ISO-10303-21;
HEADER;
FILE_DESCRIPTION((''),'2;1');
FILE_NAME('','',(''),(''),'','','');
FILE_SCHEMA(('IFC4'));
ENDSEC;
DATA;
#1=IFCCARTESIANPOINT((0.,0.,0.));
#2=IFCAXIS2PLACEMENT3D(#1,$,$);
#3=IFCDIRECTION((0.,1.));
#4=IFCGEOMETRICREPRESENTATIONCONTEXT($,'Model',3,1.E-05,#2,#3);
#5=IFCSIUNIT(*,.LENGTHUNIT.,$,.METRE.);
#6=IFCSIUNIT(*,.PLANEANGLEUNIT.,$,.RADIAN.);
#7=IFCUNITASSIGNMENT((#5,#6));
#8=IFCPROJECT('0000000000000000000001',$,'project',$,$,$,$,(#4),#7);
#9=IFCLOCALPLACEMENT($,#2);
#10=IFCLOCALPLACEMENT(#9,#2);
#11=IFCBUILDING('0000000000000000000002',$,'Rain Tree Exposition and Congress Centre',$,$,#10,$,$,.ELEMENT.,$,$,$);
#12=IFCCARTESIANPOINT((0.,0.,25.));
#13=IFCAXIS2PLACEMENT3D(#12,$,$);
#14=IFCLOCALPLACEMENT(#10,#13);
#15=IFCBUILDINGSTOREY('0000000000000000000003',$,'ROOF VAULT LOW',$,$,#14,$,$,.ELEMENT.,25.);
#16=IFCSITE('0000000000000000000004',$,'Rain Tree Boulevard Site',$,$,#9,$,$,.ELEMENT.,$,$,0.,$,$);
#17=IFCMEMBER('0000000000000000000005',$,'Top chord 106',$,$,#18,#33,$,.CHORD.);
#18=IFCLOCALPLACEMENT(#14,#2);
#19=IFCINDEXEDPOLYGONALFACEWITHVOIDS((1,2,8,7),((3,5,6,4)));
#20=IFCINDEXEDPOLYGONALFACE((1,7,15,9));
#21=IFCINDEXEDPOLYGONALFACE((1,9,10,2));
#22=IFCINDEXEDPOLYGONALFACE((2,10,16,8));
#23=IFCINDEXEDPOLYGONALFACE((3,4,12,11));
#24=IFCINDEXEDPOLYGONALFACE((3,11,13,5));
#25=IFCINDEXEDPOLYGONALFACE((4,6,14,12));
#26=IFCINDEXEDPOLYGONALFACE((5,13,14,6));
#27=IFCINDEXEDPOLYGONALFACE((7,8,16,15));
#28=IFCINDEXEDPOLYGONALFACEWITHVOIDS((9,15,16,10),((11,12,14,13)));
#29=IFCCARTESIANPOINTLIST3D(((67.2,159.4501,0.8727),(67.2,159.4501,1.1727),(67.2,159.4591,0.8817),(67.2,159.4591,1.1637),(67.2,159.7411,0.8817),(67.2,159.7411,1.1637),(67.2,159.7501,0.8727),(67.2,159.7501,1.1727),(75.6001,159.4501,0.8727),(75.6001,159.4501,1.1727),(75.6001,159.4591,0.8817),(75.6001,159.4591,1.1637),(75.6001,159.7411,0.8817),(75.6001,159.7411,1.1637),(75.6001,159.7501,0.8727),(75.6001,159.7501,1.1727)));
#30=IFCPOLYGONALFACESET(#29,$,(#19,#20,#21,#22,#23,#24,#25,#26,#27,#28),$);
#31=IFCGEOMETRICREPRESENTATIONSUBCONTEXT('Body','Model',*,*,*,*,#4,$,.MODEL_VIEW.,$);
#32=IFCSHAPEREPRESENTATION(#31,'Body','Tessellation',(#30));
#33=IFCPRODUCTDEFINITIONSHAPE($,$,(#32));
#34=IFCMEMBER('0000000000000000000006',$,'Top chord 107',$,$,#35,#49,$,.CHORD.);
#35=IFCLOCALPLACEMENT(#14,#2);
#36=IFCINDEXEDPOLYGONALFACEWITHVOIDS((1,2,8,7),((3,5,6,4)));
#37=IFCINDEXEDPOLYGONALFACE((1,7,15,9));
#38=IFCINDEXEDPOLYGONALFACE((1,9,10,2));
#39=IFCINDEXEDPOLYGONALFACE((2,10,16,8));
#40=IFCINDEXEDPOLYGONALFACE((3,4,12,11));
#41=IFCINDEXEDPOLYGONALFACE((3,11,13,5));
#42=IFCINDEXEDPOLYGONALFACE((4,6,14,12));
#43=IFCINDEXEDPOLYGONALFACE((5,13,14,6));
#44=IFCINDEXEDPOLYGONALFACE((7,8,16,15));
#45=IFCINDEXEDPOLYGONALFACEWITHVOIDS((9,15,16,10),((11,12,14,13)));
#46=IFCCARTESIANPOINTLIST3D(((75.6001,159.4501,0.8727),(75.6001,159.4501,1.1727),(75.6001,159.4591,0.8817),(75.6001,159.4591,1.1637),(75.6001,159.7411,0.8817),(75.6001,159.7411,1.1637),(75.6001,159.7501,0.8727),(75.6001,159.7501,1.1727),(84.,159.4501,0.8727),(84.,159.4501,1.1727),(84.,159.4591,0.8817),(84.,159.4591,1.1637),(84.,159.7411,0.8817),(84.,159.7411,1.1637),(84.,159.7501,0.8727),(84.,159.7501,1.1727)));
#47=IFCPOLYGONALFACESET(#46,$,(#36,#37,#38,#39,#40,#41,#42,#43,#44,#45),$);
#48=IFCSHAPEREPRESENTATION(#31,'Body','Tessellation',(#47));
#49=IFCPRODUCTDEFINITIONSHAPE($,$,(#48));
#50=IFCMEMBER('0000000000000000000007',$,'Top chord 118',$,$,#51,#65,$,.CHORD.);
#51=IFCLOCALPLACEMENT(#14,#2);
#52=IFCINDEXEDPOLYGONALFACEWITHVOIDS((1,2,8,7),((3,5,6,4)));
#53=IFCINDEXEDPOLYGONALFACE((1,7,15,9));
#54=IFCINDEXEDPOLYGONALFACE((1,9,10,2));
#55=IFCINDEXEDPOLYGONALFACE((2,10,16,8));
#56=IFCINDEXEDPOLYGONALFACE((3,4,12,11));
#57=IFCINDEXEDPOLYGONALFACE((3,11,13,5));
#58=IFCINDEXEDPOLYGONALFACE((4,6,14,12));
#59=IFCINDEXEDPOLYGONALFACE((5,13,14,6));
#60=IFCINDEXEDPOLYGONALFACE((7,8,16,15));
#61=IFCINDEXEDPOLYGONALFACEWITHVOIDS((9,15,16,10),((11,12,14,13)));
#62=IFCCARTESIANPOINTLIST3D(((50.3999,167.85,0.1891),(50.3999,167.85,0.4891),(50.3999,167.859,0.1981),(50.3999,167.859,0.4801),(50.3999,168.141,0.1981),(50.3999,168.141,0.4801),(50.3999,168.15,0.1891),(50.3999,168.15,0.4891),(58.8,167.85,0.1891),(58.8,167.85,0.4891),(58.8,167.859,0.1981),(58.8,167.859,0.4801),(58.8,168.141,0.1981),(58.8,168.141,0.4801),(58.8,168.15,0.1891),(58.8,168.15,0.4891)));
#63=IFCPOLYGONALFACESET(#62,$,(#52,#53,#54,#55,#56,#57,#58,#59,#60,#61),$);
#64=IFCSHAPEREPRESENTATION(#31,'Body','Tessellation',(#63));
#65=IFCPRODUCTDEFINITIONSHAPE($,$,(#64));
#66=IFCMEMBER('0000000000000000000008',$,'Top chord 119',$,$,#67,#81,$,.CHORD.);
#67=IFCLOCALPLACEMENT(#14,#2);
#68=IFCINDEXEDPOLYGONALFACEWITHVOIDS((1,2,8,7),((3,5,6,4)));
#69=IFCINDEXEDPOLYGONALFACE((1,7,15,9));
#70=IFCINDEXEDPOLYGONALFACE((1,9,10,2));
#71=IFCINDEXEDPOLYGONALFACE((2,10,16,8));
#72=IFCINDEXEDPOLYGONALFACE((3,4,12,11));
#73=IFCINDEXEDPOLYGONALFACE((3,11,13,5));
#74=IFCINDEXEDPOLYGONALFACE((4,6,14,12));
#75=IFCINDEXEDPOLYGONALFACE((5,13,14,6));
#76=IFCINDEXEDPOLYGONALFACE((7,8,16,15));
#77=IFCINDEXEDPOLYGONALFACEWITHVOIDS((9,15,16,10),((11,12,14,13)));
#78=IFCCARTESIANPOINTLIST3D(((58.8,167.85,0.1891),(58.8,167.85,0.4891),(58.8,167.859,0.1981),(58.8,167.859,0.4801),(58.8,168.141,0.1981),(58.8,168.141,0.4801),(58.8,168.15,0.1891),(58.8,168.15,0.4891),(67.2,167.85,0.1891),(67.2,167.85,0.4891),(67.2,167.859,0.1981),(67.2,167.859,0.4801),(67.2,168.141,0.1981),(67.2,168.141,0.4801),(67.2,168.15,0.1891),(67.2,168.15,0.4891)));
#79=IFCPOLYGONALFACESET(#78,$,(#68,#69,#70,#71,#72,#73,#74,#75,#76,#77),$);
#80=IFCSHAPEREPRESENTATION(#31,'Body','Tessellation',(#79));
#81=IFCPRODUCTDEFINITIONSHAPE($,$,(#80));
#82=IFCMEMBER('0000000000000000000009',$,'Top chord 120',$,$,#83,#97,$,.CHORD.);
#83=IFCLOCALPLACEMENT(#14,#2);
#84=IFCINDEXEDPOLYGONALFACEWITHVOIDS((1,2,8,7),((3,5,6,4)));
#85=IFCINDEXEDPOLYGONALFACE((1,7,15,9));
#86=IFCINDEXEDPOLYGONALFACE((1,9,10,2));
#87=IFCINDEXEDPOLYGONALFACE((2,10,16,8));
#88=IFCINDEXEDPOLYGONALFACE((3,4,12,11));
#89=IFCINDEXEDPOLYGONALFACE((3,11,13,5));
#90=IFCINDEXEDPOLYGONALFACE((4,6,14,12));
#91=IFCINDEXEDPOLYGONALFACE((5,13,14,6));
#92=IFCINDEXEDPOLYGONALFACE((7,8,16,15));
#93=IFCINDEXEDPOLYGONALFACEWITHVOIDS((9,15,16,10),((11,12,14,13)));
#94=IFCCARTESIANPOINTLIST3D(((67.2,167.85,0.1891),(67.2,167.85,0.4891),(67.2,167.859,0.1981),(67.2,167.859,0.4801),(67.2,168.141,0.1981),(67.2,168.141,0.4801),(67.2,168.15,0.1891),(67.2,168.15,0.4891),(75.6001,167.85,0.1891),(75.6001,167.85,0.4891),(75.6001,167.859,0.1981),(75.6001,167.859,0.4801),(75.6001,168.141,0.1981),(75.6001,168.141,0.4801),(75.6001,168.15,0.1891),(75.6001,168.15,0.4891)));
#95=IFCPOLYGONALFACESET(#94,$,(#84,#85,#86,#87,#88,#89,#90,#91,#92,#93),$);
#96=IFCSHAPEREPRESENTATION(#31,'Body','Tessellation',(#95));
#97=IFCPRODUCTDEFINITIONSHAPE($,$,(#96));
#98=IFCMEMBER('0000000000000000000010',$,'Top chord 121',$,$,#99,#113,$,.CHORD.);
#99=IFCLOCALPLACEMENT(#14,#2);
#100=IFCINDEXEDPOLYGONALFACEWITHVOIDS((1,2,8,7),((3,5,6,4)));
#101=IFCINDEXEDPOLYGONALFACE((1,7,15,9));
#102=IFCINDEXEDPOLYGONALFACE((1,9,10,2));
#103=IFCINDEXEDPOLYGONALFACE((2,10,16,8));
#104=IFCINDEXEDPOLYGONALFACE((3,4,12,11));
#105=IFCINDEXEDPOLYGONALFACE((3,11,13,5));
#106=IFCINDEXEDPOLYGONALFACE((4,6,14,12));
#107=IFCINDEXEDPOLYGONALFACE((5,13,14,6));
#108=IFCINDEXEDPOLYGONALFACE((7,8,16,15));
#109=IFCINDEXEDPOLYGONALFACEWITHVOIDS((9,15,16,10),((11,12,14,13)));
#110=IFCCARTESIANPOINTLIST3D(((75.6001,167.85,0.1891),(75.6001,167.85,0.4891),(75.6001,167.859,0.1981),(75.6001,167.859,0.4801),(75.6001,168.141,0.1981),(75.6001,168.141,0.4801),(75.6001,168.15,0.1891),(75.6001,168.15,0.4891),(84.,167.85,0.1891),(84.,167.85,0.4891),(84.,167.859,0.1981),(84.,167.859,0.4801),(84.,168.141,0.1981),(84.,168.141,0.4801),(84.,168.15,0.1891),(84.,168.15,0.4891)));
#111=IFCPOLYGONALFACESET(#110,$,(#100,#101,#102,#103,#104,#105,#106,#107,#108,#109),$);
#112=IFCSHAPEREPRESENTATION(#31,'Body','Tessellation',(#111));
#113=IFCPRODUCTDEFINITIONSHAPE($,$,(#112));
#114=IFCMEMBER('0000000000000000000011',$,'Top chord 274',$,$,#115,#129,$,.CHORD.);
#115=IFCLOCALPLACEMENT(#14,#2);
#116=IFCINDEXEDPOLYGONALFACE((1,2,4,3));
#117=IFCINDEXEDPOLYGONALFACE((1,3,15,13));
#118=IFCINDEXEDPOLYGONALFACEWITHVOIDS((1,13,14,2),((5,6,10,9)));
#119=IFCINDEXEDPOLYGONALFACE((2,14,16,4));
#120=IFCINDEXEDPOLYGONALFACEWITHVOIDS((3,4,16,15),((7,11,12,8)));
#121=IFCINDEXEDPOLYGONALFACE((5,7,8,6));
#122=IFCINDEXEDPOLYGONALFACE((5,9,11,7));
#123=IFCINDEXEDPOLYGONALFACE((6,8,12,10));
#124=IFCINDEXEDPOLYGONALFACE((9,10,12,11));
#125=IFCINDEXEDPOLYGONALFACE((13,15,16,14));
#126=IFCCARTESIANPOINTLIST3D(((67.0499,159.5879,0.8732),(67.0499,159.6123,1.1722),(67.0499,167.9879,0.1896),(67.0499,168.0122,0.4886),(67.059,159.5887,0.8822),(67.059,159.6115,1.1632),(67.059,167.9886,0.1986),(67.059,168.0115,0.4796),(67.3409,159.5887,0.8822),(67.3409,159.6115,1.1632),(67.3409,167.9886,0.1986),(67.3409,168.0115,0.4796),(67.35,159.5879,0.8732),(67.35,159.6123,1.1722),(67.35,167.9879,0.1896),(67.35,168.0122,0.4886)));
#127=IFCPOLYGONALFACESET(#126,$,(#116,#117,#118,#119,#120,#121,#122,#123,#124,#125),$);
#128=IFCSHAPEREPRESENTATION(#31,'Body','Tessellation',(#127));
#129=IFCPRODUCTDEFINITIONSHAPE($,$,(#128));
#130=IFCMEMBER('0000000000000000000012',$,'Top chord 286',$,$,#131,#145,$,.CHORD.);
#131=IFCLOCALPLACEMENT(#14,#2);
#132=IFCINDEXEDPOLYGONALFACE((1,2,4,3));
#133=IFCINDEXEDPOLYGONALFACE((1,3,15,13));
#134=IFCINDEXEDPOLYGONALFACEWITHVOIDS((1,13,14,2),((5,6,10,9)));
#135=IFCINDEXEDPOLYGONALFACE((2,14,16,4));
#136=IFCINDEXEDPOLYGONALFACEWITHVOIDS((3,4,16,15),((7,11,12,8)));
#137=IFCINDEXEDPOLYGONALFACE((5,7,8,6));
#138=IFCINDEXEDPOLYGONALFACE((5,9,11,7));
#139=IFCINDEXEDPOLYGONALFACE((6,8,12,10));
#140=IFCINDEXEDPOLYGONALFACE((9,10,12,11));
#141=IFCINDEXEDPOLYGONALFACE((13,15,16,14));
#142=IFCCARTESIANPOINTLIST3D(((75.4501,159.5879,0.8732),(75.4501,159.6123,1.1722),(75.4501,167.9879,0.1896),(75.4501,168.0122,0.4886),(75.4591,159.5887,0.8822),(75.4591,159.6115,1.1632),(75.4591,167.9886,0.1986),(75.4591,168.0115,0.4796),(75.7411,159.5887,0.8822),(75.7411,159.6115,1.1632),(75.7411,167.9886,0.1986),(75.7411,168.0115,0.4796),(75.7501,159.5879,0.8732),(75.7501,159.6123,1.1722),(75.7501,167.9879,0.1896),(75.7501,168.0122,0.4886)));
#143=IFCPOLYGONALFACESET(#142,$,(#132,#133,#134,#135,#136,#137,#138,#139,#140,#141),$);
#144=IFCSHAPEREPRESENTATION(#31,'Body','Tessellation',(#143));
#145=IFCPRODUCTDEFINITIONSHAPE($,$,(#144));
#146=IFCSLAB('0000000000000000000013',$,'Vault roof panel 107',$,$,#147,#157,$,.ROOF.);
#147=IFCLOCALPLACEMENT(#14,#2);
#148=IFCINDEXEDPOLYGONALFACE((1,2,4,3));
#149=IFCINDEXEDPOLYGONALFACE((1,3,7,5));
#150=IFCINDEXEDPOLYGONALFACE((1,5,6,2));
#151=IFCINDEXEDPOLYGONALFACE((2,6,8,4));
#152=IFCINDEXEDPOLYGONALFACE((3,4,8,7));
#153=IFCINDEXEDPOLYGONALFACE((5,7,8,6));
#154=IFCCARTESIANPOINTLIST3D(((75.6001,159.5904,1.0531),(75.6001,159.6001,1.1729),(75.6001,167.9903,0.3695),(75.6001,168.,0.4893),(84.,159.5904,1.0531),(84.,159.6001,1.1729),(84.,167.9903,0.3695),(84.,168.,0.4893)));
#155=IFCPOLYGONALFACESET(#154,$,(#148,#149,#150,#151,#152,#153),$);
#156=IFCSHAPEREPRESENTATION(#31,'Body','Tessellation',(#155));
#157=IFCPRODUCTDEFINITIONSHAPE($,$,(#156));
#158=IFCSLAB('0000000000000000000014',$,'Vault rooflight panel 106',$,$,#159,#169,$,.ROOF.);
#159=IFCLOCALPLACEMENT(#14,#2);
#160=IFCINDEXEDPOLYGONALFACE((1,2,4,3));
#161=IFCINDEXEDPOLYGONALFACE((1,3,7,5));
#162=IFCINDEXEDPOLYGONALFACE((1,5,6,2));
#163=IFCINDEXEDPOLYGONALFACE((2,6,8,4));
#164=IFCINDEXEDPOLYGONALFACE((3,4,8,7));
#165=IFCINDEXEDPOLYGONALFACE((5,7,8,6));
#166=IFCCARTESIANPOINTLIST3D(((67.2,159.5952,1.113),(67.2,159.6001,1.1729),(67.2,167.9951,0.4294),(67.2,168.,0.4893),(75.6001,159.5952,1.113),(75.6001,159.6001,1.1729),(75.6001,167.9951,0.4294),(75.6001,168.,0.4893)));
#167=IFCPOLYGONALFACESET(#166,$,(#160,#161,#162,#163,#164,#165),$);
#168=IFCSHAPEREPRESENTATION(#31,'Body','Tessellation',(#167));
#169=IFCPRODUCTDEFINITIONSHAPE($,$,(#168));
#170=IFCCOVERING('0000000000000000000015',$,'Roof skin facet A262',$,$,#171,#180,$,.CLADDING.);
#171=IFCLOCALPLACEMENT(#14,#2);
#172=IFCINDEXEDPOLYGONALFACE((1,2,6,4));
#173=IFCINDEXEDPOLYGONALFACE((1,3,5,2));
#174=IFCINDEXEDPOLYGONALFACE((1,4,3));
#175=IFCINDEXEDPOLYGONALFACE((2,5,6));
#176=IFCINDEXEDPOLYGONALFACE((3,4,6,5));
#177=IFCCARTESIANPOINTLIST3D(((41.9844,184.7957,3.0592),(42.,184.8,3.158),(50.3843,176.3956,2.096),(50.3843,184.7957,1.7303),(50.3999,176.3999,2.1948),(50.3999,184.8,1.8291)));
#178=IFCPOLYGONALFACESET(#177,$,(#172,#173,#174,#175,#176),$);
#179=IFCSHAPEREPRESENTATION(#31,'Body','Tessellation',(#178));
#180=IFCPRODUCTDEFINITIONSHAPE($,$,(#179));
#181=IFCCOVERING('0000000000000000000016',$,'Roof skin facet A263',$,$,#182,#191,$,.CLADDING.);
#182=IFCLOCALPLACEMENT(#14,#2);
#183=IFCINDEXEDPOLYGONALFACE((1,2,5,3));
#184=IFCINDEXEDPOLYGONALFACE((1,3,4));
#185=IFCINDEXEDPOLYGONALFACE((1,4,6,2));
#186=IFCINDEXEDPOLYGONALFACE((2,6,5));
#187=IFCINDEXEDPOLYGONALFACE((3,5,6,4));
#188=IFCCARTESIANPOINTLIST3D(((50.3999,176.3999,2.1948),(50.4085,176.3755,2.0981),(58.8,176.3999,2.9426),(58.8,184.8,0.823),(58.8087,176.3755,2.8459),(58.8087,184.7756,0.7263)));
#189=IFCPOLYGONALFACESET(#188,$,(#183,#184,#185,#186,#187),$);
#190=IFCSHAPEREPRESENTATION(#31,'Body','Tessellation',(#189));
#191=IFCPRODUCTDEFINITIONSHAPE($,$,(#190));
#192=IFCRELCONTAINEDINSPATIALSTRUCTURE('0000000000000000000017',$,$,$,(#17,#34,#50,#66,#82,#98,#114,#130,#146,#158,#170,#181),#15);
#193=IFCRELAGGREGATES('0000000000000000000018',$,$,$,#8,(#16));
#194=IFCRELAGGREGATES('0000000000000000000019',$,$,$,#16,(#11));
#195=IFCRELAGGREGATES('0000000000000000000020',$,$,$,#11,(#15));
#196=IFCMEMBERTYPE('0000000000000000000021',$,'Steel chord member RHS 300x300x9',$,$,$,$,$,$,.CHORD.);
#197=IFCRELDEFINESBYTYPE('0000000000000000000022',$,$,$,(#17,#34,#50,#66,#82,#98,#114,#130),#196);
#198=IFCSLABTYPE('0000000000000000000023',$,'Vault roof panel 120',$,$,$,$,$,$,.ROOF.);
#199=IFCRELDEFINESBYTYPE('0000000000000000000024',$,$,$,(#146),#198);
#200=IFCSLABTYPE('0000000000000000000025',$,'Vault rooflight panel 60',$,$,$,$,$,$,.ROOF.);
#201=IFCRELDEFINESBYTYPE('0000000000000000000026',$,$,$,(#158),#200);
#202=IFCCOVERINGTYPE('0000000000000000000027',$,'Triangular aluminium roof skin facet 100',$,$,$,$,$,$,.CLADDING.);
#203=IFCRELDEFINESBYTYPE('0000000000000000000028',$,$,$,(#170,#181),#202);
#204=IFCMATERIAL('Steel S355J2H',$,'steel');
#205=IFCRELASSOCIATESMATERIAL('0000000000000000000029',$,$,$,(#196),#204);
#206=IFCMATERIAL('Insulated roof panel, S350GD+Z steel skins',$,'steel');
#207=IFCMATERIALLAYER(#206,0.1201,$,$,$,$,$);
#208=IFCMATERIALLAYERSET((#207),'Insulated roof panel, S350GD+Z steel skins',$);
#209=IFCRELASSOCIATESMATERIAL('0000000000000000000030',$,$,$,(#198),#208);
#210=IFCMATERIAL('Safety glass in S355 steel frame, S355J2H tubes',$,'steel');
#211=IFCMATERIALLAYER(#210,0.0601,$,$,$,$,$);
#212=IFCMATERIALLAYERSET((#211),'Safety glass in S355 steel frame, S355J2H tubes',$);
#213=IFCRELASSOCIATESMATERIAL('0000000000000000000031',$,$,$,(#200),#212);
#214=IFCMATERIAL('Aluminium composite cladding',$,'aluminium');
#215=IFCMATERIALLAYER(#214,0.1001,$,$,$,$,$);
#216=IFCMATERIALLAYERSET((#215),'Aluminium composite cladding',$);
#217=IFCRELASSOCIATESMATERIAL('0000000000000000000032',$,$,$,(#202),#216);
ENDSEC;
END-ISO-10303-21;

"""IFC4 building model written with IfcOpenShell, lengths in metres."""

from ifc_helpers import new_model, si_unit, direction, frame, origin, origin_2d, place, context, subcontext, project, spatial, polyline, hollow_rectangle, outline, extrude, material, layer, layer_set, material_profile, profile_set, type_object, element, save


model = new_model("IFC4")

# Units and contexts
model_context = context("Model", 3, precision=1e-05, world=origin(), true_north=direction((0.0, 1.0)))
body_context = subcontext(model_context, "Body", "Model", "MODEL_VIEW")
ifc_project = project(units=[si_unit("LENGTHUNIT", "METRE"), si_unit("PLANEANGLEUNIT", "RADIAN")], contexts=[model_context])

# Site, building, storey
site_placement = place(None, origin())
site = spatial("IfcSite", under=ifc_project, at=site_placement, Name="Rain Tree Boulevard Site", CompositionType="ELEMENT", RefElevation=0.0)
building_placement = place(site_placement, origin())
building = spatial("IfcBuilding", under=site, at=building_placement, Name="Rain Tree Exposition and Congress Centre", CompositionType="ELEMENT")
storey_placement = place(building_placement, frame((0.0, 0.0, 25.0)))
storey = spatial("IfcBuildingStorey", under=building, at=storey_placement, Name="ROOF VAULT LOW", CompositionType="ELEMENT", Elevation=25.0)

# Members
ifc_material_1 = material(Name="Steel S355J2H", Category="steel")
ifc_material_profile_1 = material_profile(ifc_material_1, hollow_rectangle(XDim=0.3, YDim=0.3, WallThickness=0.009, at=origin_2d()), Name="RHS 300x300x9")
ifc_profile_set_1 = profile_set([ifc_material_profile_1], Name="Steel S355J2H")
member_type = type_object("IfcMemberType", Name="Steel chord member RHS 300x300x9", PredefinedType="CHORD", material=ifc_profile_set_1)
member_1_placement = place(storey_placement, frame((67.2, 159.6001, 1.0227), z_axis=(1.0, 0.0, 0.0), x_axis=(0.0, 1.0, 0.0)))
element("IfcMember", 1, at=member_1_placement, inside=storey, type_object=member_type, Name="Top chord 106", PredefinedType="CHORD", context=body_context, shape_type="SweptSolid", body=[
    extrude(hollow_rectangle(XDim=0.3, YDim=0.3, WallThickness=0.009, at=origin_2d()), origin(), (0.0, 0.0, 1.0), 8.4001),
])
member_2_placement = place(storey_placement, frame((75.6001, 159.6001, 1.0227), z_axis=(1.0, 0.0, 0.0), x_axis=(0.0, 1.0, 0.0)))
element("IfcMember", 2, at=member_2_placement, inside=storey, type_object=member_type, Name="Top chord 107", PredefinedType="CHORD", context=body_context, shape_type="SweptSolid", body=[
    extrude(hollow_rectangle(XDim=0.3, YDim=0.3, WallThickness=0.009, at=origin_2d()), origin(), (0.0, 0.0, 1.0), 8.3999),
])
member_3_placement = place(storey_placement, frame((50.3999, 168.0, 0.3391), z_axis=(1.0, 0.0, 0.0), x_axis=(0.0, 1.0, 0.0)))
element("IfcMember", 3, at=member_3_placement, inside=storey, type_object=member_type, Name="Top chord 118", PredefinedType="CHORD", context=body_context, shape_type="SweptSolid", body=[
    extrude(hollow_rectangle(XDim=0.3, YDim=0.3, WallThickness=0.009, at=origin_2d()), origin(), (0.0, 0.0, 1.0), 8.4001),
])
member_4_placement = place(storey_placement, frame((58.8, 168.0, 0.3391), z_axis=(1.0, 0.0, 0.0), x_axis=(0.0, 1.0, 0.0)))
element("IfcMember", 4, at=member_4_placement, inside=storey, type_object=member_type, Name="Top chord 119", PredefinedType="CHORD", context=body_context, shape_type="SweptSolid", body=[
    extrude(hollow_rectangle(XDim=0.3, YDim=0.3, WallThickness=0.009, at=origin_2d()), origin(), (0.0, 0.0, 1.0), 8.3999),
])
member_5_placement = place(storey_placement, frame((67.2, 168.0, 0.3391), z_axis=(1.0, 0.0, 0.0), x_axis=(0.0, 1.0, 0.0)))
element("IfcMember", 5, at=member_5_placement, inside=storey, type_object=member_type, Name="Top chord 120", PredefinedType="CHORD", context=body_context, shape_type="SweptSolid", body=[
    extrude(hollow_rectangle(XDim=0.3, YDim=0.3, WallThickness=0.009, at=origin_2d()), origin(), (0.0, 0.0, 1.0), 8.4001),
])
member_6_placement = place(storey_placement, frame((75.6001, 168.0, 0.3391), z_axis=(1.0, 0.0, 0.0), x_axis=(0.0, 1.0, 0.0)))
element("IfcMember", 6, at=member_6_placement, inside=storey, type_object=member_type, Name="Top chord 121", PredefinedType="CHORD", context=body_context, shape_type="SweptSolid", body=[
    extrude(hollow_rectangle(XDim=0.3, YDim=0.3, WallThickness=0.009, at=origin_2d()), origin(), (0.0, 0.0, 1.0), 8.3999),
])
for number, where, z_axis, x_axis, name in (
    (7, (67.2, 159.6001, 1.0227), (0.0, 0.996705, -0.081113), (-1.0, 0.0, 0.0), "Top chord 274"),
    (8, (75.6001, 159.6001, 1.0227), (0.0, 0.996705, -0.081113), (-1.0, 0.0, 0.0), "Top chord 286"),
):
    element("IfcMember", number, at=place(storey_placement, frame(where, z_axis=z_axis, x_axis=x_axis)), inside=storey, type_object=member_type, Name=name, PredefinedType="CHORD", context=body_context, shape_type="SweptSolid", body=[
        extrude(hollow_rectangle(XDim=0.3, YDim=0.3, WallThickness=0.009, at=origin_2d()), origin(), (0.0, 0.0, 1.0), 8.4277),
    ])

# Slabs
ifc_material_2 = material(Name="Insulated roof panel, S350GD+Z steel skins", Category="steel")
ifc_layer_1 = layer(ifc_material_2, 0.1201)
ifc_layer_set_1 = layer_set([ifc_layer_1], Name="Insulated roof panel, S350GD+Z steel skins")
slab_type_1 = type_object("IfcSlabType", Name="Vault roof panel 120", PredefinedType="ROOF", material=ifc_layer_set_1)
slab_1_placement = place(storey_placement, frame((75.6001, 159.6001, 1.1729), z_axis=(0.0, 0.081113, 0.996705), x_axis=(1.0, 0.0, 0.0)))
element("IfcSlab", 9, at=slab_1_placement, inside=storey, type_object=slab_type_1, Name="Vault roof panel 107", PredefinedType="ROOF", context=body_context, shape_type="SweptSolid", body=[
    extrude(outline(polyline([(0.0, 0.0), (8.3999, 0.0), (8.3999, 8.4277), (0.0, 8.4277), (0.0, 0.0)])), origin(), (0.0, 0.0, -1.0), 0.1201),
])
ifc_material_3 = material(Name="Safety glass in S355 steel frame, S355J2H tubes", Category="steel")
ifc_layer_2 = layer(ifc_material_3, 0.0601)
ifc_layer_set_2 = layer_set([ifc_layer_2], Name="Safety glass in S355 steel frame, S355J2H tubes")
slab_type_2 = type_object("IfcSlabType", Name="Vault rooflight panel 60", PredefinedType="ROOF", material=ifc_layer_set_2)
slab_2_placement = place(storey_placement, frame((67.2, 159.6001, 1.1729), z_axis=(0.0, 0.081113, 0.996705), x_axis=(1.0, 0.0, 0.0)))
element("IfcSlab", 10, at=slab_2_placement, inside=storey, type_object=slab_type_2, Name="Vault rooflight panel 106", PredefinedType="ROOF", context=body_context, shape_type="SweptSolid", body=[
    extrude(outline(polyline([(0.0, 0.0), (8.4001, 0.0), (8.4001, 8.4277), (0.0, 8.4277), (0.0, 0.0)])), origin(), (0.0, 0.0, -1.0), 0.0601),
])

# Coverings
ifc_material_4 = material(Name="Aluminium composite cladding", Category="aluminium")
ifc_layer_3 = layer(ifc_material_4, 0.1001)
ifc_layer_set_3 = layer_set([ifc_layer_3], Name="Aluminium composite cladding")
covering_type = type_object("IfcCoveringType", Name="Triangular aluminium roof skin facet 100", PredefinedType="CLADDING", material=ifc_layer_set_3)
covering_1_placement = place(storey_placement, frame((50.3999, 176.3999, 2.1948), z_axis=(0.156112, 0.042963, 0.986805), x_axis=(0.0, 0.999054, -0.043496)))
element("IfcCovering", 11, at=covering_1_placement, inside=storey, type_object=covering_type, Name="Roof skin facet A262", PredefinedType="CLADDING", context=body_context, shape_type="SweptSolid", body=[
    extrude(outline(polyline([(0.0, 0.0), (8.4081, 0.0), (8.3503, 8.5042), (0.0, 0.0)])), origin(), (0.0, 0.0, -1.0), 0.1001),
])
covering_2_placement = place(storey_placement, frame((50.3999, 176.3999, 2.1948), z_axis=(-0.085997, 0.243757, 0.966016), x_axis=(0.996061, 0.0, 0.088672)))
element("IfcCovering", 12, at=covering_2_placement, inside=storey, type_object=covering_type, Name="Roof skin facet A263", PredefinedType="CLADDING", context=body_context, shape_type="SweptSolid", body=[
    extrude(outline(polyline([(0.0, 0.0), (8.4334, 0.0), (8.2454, 8.6614), (0.0, 0.0)])), origin(), (0.0, 0.0, -1.0), 0.1001),
])

save(model, "model.ifc")
